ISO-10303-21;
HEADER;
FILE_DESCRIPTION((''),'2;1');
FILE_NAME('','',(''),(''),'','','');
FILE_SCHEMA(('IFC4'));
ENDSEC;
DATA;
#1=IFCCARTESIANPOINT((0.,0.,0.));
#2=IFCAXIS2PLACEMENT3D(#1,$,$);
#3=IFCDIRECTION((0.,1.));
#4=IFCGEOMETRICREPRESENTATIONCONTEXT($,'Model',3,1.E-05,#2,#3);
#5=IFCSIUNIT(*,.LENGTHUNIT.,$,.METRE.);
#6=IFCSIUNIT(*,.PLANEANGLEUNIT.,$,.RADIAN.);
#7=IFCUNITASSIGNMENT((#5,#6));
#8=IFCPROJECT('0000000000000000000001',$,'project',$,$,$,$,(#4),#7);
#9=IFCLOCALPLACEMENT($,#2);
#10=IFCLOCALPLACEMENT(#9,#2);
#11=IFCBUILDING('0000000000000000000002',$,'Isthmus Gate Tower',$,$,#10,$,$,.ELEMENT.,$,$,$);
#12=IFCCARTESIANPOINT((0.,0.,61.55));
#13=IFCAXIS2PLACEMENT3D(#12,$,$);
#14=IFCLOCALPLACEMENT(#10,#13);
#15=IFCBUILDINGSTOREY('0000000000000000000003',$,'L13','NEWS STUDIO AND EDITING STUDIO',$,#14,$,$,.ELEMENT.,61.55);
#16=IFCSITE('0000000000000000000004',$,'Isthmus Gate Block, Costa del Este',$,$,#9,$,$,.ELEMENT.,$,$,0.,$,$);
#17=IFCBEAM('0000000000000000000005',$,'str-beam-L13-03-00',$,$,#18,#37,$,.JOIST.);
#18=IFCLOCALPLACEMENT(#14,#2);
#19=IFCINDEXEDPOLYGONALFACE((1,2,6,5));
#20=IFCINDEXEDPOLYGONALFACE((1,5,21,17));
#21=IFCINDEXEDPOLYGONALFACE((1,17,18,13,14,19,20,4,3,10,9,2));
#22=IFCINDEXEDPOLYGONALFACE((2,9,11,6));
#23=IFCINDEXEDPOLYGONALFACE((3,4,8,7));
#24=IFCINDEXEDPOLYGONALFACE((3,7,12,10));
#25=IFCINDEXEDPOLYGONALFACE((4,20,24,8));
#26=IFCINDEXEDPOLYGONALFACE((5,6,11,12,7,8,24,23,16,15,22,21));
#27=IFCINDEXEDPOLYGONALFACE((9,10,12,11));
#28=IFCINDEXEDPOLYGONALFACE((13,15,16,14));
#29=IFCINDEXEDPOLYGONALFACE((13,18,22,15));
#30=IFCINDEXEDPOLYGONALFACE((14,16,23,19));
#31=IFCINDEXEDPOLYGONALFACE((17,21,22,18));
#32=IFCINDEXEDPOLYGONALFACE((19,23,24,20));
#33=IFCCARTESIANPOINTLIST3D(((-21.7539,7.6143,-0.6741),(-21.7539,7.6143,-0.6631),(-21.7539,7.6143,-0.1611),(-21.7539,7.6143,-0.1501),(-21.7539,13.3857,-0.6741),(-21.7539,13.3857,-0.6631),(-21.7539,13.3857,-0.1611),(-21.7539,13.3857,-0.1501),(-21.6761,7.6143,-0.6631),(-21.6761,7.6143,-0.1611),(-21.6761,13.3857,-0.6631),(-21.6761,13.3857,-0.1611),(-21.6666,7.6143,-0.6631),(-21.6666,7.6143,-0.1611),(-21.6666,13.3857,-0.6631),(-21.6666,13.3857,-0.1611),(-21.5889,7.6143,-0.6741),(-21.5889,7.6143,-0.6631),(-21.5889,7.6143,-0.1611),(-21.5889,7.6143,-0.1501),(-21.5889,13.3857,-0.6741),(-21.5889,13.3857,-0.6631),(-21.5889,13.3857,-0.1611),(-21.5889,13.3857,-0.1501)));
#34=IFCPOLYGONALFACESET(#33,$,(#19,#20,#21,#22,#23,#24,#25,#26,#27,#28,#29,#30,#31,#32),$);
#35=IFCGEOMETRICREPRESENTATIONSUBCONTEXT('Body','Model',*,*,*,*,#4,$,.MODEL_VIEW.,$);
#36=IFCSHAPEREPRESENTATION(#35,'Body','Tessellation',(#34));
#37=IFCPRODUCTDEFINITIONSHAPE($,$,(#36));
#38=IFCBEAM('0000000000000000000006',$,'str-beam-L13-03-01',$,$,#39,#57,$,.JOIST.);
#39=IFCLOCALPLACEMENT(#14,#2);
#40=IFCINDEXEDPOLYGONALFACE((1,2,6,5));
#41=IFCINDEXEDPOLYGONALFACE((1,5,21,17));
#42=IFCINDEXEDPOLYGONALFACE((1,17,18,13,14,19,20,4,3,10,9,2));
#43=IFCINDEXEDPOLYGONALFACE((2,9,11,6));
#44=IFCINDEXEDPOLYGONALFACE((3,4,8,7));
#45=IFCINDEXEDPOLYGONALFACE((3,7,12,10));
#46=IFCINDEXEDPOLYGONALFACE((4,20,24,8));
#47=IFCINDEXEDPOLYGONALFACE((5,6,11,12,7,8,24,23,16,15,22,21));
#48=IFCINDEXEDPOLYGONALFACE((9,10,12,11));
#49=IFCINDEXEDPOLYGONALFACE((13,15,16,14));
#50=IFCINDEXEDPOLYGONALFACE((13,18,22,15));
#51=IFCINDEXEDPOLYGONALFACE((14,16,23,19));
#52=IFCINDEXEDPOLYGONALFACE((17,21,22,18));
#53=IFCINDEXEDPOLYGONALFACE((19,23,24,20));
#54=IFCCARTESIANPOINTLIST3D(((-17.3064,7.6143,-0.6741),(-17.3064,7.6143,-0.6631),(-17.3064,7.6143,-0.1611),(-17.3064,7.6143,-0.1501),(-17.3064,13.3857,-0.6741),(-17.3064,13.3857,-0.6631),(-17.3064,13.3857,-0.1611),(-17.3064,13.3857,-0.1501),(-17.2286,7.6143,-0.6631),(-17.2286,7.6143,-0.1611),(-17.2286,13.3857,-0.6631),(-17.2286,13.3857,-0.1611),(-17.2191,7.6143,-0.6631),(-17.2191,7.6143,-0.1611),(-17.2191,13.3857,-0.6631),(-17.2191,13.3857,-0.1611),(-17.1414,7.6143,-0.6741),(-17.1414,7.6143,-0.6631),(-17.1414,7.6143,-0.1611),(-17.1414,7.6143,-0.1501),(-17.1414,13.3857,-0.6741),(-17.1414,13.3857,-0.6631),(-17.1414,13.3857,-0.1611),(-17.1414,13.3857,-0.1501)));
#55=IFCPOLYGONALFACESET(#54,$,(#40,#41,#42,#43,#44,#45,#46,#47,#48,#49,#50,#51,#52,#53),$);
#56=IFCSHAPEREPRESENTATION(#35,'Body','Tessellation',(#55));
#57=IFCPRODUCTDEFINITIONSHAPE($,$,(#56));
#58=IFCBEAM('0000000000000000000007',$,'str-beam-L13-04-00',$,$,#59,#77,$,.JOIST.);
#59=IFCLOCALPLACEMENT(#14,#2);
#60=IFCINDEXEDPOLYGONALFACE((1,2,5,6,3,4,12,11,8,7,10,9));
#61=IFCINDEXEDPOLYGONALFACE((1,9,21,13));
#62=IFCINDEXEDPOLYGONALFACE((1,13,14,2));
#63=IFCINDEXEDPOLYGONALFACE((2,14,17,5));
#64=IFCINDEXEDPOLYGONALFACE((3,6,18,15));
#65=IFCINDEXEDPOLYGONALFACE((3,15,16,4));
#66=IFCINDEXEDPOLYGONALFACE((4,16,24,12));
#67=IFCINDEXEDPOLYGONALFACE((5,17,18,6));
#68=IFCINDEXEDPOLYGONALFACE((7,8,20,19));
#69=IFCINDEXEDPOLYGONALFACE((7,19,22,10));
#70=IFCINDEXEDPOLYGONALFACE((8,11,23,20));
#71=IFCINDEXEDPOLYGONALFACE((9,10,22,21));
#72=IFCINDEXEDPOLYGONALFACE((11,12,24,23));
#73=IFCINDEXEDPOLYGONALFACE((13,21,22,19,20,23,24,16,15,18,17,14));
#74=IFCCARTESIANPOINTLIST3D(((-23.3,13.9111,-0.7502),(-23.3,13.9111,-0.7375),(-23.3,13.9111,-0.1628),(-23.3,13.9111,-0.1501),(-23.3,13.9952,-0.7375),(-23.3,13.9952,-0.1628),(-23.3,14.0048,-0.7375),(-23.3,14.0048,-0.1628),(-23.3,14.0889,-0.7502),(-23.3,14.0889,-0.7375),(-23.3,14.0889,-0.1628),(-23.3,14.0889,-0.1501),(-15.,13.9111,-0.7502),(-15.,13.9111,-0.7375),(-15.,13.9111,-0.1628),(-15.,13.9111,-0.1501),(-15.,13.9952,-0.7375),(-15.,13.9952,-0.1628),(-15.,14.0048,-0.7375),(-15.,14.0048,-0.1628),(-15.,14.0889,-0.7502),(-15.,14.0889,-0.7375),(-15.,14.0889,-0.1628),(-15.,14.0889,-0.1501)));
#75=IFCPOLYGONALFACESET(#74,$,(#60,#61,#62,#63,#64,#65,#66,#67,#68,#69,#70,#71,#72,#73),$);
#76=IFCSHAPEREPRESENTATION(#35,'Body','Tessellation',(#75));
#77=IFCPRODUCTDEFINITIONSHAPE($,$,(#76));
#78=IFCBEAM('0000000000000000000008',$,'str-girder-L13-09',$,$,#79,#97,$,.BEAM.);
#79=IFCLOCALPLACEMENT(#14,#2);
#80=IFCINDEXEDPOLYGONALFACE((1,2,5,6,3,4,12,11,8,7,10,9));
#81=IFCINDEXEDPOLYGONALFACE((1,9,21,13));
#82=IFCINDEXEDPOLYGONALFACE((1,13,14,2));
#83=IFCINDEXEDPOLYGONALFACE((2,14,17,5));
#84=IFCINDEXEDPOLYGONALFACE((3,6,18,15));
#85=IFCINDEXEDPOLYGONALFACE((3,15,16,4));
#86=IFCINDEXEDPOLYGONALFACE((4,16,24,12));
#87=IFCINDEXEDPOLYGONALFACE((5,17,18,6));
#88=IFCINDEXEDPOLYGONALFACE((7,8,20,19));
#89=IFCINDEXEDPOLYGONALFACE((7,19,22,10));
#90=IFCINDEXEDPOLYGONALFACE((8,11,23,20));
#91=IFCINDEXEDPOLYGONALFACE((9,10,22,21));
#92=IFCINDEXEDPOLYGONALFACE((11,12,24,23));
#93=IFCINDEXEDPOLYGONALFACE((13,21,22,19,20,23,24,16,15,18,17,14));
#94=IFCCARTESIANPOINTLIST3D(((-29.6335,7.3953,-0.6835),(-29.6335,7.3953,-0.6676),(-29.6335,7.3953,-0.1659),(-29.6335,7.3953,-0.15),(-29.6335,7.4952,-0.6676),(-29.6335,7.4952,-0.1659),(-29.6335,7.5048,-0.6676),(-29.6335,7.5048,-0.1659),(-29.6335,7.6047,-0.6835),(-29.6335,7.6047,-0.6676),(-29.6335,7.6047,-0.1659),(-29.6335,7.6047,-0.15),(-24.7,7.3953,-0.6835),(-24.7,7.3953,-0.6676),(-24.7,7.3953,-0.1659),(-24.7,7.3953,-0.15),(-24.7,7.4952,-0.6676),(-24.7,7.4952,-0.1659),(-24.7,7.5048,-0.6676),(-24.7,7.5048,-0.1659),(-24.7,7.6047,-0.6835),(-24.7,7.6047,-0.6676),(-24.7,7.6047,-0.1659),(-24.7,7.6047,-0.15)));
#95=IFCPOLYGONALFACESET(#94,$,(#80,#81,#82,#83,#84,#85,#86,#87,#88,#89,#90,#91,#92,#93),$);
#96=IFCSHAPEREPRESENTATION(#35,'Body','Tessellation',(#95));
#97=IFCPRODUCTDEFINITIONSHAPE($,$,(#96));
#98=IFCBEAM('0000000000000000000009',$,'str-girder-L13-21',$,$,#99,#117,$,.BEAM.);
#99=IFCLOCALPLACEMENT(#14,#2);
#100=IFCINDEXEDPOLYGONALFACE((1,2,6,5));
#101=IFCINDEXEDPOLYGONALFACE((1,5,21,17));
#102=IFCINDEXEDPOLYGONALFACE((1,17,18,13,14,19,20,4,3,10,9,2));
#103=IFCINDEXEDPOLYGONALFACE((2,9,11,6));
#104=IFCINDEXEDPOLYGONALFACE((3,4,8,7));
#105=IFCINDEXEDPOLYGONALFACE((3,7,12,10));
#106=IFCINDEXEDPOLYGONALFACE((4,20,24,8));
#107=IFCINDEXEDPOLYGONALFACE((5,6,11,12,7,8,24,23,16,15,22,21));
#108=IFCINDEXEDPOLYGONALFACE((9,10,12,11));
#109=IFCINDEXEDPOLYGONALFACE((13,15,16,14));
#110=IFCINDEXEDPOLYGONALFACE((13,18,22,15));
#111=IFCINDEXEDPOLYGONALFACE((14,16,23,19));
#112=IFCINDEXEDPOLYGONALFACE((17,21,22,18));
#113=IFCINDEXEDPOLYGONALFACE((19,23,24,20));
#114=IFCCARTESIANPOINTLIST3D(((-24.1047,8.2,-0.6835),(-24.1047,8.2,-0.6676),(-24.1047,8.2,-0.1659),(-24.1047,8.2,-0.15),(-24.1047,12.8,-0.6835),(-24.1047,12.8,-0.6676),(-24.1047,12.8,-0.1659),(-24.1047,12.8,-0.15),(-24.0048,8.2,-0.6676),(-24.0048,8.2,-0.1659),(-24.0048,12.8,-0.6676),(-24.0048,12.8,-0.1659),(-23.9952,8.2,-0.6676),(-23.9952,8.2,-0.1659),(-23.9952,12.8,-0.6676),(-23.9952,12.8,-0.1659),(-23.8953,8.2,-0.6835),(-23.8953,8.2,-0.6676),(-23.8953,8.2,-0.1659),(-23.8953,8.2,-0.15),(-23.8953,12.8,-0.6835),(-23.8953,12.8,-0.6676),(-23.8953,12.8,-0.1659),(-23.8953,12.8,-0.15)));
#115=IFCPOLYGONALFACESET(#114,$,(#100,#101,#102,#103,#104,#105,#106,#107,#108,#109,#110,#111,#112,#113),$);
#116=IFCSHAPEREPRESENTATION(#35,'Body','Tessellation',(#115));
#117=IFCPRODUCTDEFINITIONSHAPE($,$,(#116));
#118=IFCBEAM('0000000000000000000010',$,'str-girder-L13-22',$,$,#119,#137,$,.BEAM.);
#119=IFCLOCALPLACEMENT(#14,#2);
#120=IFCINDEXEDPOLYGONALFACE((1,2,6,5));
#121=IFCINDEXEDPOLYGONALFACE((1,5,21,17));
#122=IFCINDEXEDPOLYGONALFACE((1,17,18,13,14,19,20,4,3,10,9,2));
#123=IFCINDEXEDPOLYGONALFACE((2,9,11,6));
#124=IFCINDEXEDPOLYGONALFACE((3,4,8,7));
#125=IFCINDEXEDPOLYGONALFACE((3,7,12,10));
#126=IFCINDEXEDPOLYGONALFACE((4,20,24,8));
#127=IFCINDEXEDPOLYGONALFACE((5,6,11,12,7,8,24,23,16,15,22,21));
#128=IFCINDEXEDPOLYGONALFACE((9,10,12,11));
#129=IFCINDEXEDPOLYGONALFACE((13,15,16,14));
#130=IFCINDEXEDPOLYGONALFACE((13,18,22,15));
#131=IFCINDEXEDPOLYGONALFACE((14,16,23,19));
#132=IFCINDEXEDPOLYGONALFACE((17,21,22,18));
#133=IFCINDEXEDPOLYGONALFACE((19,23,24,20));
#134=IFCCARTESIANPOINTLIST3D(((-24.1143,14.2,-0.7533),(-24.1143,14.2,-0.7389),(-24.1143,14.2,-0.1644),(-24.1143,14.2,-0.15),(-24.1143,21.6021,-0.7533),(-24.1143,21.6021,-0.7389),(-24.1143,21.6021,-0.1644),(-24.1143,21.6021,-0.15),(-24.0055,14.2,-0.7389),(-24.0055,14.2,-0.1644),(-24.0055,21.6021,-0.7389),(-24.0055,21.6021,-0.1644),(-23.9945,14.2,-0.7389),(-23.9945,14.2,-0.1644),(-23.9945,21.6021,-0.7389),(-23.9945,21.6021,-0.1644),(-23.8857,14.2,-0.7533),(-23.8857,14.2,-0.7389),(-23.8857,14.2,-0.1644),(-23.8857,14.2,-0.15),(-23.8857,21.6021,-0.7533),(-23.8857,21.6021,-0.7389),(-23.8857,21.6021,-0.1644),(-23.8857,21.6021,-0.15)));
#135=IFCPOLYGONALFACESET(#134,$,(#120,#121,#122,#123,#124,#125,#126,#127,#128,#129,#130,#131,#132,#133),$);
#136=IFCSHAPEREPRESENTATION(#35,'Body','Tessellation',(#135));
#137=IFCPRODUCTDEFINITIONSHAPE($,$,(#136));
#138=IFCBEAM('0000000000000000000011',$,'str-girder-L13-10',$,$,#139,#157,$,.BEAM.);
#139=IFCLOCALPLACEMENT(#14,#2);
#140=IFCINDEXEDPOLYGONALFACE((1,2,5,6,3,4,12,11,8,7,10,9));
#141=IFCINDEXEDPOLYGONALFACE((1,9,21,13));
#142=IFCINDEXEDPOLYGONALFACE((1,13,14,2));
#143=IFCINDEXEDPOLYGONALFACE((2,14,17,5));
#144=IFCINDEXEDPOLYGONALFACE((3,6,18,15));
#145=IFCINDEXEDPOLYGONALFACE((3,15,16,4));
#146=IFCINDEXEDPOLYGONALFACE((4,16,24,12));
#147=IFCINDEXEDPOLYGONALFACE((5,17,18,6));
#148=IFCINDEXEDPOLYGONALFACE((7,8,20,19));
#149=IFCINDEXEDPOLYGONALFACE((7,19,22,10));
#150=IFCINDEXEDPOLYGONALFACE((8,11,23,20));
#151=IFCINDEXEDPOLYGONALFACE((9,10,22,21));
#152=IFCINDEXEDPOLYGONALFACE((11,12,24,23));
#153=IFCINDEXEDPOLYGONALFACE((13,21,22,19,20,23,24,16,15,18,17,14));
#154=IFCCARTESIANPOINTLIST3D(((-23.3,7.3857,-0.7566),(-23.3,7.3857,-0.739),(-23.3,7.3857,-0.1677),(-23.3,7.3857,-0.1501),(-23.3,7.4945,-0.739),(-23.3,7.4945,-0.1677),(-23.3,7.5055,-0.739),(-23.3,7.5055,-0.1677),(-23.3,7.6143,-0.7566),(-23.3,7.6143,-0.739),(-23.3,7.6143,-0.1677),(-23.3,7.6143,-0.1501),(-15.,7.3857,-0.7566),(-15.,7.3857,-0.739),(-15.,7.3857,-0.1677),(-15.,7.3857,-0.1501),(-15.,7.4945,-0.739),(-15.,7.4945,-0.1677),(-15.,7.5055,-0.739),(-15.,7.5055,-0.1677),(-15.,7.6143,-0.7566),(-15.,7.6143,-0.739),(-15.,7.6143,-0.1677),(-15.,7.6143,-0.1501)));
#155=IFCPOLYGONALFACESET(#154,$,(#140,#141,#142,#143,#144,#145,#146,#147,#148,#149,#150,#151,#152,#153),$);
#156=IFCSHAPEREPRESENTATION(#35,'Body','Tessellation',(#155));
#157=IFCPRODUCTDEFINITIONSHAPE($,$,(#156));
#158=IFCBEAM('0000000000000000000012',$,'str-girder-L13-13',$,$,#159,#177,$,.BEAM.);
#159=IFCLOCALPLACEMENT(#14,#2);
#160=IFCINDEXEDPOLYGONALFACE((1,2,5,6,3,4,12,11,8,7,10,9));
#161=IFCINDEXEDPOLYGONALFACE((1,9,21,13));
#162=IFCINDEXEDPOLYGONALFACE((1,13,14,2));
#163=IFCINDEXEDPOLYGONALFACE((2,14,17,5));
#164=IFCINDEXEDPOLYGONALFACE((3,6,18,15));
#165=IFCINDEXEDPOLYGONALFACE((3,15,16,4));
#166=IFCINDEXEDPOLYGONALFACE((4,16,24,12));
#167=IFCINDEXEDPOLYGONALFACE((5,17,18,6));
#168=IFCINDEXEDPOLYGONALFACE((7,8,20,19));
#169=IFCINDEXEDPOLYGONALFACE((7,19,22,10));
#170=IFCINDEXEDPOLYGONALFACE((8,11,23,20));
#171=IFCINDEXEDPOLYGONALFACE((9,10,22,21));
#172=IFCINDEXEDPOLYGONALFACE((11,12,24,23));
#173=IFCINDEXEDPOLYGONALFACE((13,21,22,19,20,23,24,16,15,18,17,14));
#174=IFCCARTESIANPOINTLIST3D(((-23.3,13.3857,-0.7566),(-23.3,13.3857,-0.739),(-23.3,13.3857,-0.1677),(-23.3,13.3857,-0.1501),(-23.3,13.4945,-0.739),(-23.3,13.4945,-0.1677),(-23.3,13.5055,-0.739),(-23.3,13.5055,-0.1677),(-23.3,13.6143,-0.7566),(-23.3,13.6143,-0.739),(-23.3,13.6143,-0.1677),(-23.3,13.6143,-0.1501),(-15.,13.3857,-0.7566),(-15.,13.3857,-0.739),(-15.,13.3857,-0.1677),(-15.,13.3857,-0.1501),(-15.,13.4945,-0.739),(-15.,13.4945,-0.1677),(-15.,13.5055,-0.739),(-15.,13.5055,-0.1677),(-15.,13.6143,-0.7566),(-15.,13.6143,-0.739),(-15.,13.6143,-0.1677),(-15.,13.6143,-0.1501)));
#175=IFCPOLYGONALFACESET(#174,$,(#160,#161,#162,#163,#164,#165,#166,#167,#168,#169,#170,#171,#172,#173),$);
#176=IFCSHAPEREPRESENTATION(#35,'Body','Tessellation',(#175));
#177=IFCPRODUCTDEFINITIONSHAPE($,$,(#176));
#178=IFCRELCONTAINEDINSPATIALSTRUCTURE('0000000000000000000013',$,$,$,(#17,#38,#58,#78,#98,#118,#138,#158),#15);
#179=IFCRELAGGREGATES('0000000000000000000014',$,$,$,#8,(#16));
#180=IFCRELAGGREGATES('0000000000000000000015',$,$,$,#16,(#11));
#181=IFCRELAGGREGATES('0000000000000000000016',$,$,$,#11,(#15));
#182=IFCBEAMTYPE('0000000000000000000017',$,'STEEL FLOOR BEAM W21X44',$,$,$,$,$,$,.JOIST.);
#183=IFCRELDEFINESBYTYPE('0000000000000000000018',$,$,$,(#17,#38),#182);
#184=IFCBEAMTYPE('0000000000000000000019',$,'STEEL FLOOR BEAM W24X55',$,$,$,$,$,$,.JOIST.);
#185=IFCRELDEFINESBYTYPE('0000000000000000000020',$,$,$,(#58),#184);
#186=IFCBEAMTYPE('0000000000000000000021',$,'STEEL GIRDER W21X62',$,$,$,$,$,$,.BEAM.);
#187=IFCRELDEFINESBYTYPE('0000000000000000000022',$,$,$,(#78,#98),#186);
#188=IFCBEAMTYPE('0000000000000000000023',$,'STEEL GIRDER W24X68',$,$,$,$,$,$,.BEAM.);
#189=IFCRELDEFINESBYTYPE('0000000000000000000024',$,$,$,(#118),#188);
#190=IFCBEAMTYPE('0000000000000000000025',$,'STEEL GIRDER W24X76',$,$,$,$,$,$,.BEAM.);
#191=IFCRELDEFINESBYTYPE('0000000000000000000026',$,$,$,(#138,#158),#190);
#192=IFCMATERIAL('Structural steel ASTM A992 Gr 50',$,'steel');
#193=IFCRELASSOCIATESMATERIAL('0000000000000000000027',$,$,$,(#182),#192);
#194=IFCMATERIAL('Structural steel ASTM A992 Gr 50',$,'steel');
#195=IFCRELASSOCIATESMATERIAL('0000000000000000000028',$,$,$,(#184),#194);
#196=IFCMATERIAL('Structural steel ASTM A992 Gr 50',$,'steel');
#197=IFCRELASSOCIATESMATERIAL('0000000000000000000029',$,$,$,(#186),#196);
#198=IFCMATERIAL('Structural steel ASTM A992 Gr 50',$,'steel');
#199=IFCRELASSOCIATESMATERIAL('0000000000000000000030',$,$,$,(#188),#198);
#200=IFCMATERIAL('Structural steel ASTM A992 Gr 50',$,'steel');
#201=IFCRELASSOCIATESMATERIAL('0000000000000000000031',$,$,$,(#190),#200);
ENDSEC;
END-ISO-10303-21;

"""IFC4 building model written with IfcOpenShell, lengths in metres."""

from ifc_helpers import new_model, si_unit, direction, frame, origin, origin_2d, place, context, subcontext, project, spatial, i_section, extrude, material, material_profile, profile_set, type_object, element, save


model = new_model("IFC4")

# Units and contexts
model_context = context("Model", 3, precision=1e-05, world=origin(), true_north=direction((0.0, 1.0)))
body_context = subcontext(model_context, "Body", "Model", "MODEL_VIEW")
ifc_project = project(units=[si_unit("LENGTHUNIT", "METRE"), si_unit("PLANEANGLEUNIT", "RADIAN")], contexts=[model_context])

# Site, building, storey
site_placement = place(None, origin())
site = spatial("IfcSite", under=ifc_project, at=site_placement, Name="Isthmus Gate Block, Costa del Este", CompositionType="ELEMENT", RefElevation=0.0)
building_placement = place(site_placement, origin())
building = spatial("IfcBuilding", under=site, at=building_placement, Name="Isthmus Gate Tower", CompositionType="ELEMENT")
storey_placement = place(building_placement, frame((0.0, 0.0, 61.55)))
storey = spatial("IfcBuildingStorey", under=building, at=storey_placement, Name="L13", Description="NEWS STUDIO AND EDITING STUDIO", CompositionType="ELEMENT", Elevation=61.55)

# Beams
ifc_material_1 = material(Name="Structural steel ASTM A992 Gr 50", Category="steel")
ifc_material_profile_1 = material_profile(ifc_material_1, i_section(OverallWidth=0.165, OverallDepth=0.5239, WebThickness=0.0095, FlangeThickness=0.011, at=origin_2d()), Name="W21X44")
ifc_profile_set_1 = profile_set([ifc_material_profile_1], Name="Structural steel ASTM A992 Gr 50")
beam_type_1 = type_object("IfcBeamType", Name="STEEL FLOOR BEAM W21X44", PredefinedType="JOIST", material=ifc_profile_set_1)
for number, where, z_axis, x_axis, name in (
    (1, (-21.6714, 7.6143, -0.4121), (0.0, 1.0, 0.0), (-1.0, 0.0, 0.0), "str-beam-L13-03-00"),
    (2, (-17.2239, 7.6143, -0.4121), (0.0, 1.0, 0.0), (-1.0, 0.0, 0.0), "str-beam-L13-03-01"),
):
    element("IfcBeam", number, at=place(storey_placement, frame(where, z_axis=z_axis, x_axis=x_axis)), inside=storey, type_object=beam_type_1, Name=name, PredefinedType="JOIST", context=body_context, shape_type="SweptSolid", body=[
        extrude(i_section(OverallWidth=0.165, OverallDepth=0.5239, WebThickness=0.0095, FlangeThickness=0.011, at=origin_2d()), origin(), (0.0, 0.0, 1.0), 5.7715),
    ])
ifc_material_2 = material(Name="Structural steel ASTM A992 Gr 50", Category="steel")
ifc_material_profile_2 = material_profile(ifc_material_2, i_section(OverallWidth=0.1777, OverallDepth=0.6001, WebThickness=0.0095, FlangeThickness=0.0127, at=origin_2d()), Name="W24X55")
ifc_profile_set_2 = profile_set([ifc_material_profile_2], Name="Structural steel ASTM A992 Gr 50")
beam_type_2 = type_object("IfcBeamType", Name="STEEL FLOOR BEAM W24X55", PredefinedType="JOIST", material=ifc_profile_set_2)
beam_1_placement = place(storey_placement, frame((-23.3, 14.0, -0.4502), z_axis=(1.0, 0.0, 0.0), x_axis=(0.0, 1.0, 0.0)))
element("IfcBeam", 3, at=beam_1_placement, inside=storey, type_object=beam_type_2, Name="str-beam-L13-04-00", PredefinedType="JOIST", context=body_context, shape_type="SweptSolid", body=[
    extrude(i_section(OverallWidth=0.1777, OverallDepth=0.6001, WebThickness=0.0095, FlangeThickness=0.0127, at=origin_2d()), origin(), (0.0, 0.0, 1.0), 8.3),
])
ifc_material_3 = material(Name="Structural steel ASTM A992 Gr 50", Category="steel")
ifc_material_profile_3 = material_profile(ifc_material_3, i_section(OverallWidth=0.2095, OverallDepth=0.5334, WebThickness=0.0095, FlangeThickness=0.0159, at=origin_2d()), Name="W21X62")
ifc_profile_set_3 = profile_set([ifc_material_profile_3], Name="Structural steel ASTM A992 Gr 50")
beam_type_3 = type_object("IfcBeamType", Name="STEEL GIRDER W21X62", PredefinedType="BEAM", material=ifc_profile_set_3)
beam_2_placement = place(storey_placement, frame((-29.6335, 7.5, -0.4167), z_axis=(1.0, 0.0, 0.0), x_axis=(0.0, 1.0, 0.0)))
element("IfcBeam", 4, at=beam_2_placement, inside=storey, type_object=beam_type_3, Name="str-girder-L13-09", PredefinedType="BEAM", context=body_context, shape_type="SweptSolid", body=[
    extrude(i_section(OverallWidth=0.2095, OverallDepth=0.5334, WebThickness=0.0095, FlangeThickness=0.0159, at=origin_2d()), origin(), (0.0, 0.0, 1.0), 4.9336),
])
beam_3_placement = place(storey_placement, frame((-24.0, 8.2, -0.4167), z_axis=(0.0, 1.0, 0.0), x_axis=(-1.0, 0.0, 0.0)))
element("IfcBeam", 5, at=beam_3_placement, inside=storey, type_object=beam_type_3, Name="str-girder-L13-21", PredefinedType="BEAM", context=body_context, shape_type="SweptSolid", body=[
    extrude(i_section(OverallWidth=0.2095, OverallDepth=0.5334, WebThickness=0.0095, FlangeThickness=0.0159, at=origin_2d()), origin(), (0.0, 0.0, 1.0), 4.6001),
])
ifc_material_4 = material(Name="Structural steel ASTM A992 Gr 50", Category="steel")
ifc_material_profile_4 = material_profile(ifc_material_4, i_section(OverallWidth=0.2285, OverallDepth=0.6033, WebThickness=0.011, FlangeThickness=0.0144, at=origin_2d()), Name="W24X68")
ifc_profile_set_4 = profile_set([ifc_material_profile_4], Name="Structural steel ASTM A992 Gr 50")
beam_type_4 = type_object("IfcBeamType", Name="STEEL GIRDER W24X68", PredefinedType="BEAM", material=ifc_profile_set_4)
beam_4_placement = place(storey_placement, frame((-24.0, 14.2, -0.4517), z_axis=(0.0, 1.0, 0.0), x_axis=(-1.0, 0.0, 0.0)))
element("IfcBeam", 6, at=beam_4_placement, inside=storey, type_object=beam_type_4, Name="str-girder-L13-22", PredefinedType="BEAM", context=body_context, shape_type="SweptSolid", body=[
    extrude(i_section(OverallWidth=0.2285, OverallDepth=0.6033, WebThickness=0.011, FlangeThickness=0.0144, at=origin_2d()), origin(), (0.0, 0.0, 1.0), 7.4021),
])
ifc_material_5 = material(Name="Structural steel ASTM A992 Gr 50", Category="steel")
ifc_material_profile_5 = material_profile(ifc_material_5, i_section(OverallWidth=0.2285, OverallDepth=0.6064, WebThickness=0.011, FlangeThickness=0.0176, at=origin_2d()), Name="W24X76")
ifc_profile_set_5 = profile_set([ifc_material_profile_5], Name="Structural steel ASTM A992 Gr 50")
beam_type_5 = type_object("IfcBeamType", Name="STEEL GIRDER W24X76", PredefinedType="BEAM", material=ifc_profile_set_5)
for number, where, z_axis, x_axis, name in (
    (7, (-23.3, 7.5, -0.4534), (1.0, 0.0, 0.0), (0.0, 1.0, 0.0), "str-girder-L13-10"),
    (8, (-23.3, 13.5, -0.4534), (1.0, 0.0, 0.0), (0.0, 1.0, 0.0), "str-girder-L13-13"),
):
    element("IfcBeam", number, at=place(storey_placement, frame(where, z_axis=z_axis, x_axis=x_axis)), inside=storey, type_object=beam_type_5, Name=name, PredefinedType="BEAM", context=body_context, shape_type="SweptSolid", body=[
        extrude(i_section(OverallWidth=0.2285, OverallDepth=0.6064, WebThickness=0.011, FlangeThickness=0.0176, at=origin_2d()), origin(), (0.0, 0.0, 1.0), 8.3),
    ])

save(model, "model.ifc")
